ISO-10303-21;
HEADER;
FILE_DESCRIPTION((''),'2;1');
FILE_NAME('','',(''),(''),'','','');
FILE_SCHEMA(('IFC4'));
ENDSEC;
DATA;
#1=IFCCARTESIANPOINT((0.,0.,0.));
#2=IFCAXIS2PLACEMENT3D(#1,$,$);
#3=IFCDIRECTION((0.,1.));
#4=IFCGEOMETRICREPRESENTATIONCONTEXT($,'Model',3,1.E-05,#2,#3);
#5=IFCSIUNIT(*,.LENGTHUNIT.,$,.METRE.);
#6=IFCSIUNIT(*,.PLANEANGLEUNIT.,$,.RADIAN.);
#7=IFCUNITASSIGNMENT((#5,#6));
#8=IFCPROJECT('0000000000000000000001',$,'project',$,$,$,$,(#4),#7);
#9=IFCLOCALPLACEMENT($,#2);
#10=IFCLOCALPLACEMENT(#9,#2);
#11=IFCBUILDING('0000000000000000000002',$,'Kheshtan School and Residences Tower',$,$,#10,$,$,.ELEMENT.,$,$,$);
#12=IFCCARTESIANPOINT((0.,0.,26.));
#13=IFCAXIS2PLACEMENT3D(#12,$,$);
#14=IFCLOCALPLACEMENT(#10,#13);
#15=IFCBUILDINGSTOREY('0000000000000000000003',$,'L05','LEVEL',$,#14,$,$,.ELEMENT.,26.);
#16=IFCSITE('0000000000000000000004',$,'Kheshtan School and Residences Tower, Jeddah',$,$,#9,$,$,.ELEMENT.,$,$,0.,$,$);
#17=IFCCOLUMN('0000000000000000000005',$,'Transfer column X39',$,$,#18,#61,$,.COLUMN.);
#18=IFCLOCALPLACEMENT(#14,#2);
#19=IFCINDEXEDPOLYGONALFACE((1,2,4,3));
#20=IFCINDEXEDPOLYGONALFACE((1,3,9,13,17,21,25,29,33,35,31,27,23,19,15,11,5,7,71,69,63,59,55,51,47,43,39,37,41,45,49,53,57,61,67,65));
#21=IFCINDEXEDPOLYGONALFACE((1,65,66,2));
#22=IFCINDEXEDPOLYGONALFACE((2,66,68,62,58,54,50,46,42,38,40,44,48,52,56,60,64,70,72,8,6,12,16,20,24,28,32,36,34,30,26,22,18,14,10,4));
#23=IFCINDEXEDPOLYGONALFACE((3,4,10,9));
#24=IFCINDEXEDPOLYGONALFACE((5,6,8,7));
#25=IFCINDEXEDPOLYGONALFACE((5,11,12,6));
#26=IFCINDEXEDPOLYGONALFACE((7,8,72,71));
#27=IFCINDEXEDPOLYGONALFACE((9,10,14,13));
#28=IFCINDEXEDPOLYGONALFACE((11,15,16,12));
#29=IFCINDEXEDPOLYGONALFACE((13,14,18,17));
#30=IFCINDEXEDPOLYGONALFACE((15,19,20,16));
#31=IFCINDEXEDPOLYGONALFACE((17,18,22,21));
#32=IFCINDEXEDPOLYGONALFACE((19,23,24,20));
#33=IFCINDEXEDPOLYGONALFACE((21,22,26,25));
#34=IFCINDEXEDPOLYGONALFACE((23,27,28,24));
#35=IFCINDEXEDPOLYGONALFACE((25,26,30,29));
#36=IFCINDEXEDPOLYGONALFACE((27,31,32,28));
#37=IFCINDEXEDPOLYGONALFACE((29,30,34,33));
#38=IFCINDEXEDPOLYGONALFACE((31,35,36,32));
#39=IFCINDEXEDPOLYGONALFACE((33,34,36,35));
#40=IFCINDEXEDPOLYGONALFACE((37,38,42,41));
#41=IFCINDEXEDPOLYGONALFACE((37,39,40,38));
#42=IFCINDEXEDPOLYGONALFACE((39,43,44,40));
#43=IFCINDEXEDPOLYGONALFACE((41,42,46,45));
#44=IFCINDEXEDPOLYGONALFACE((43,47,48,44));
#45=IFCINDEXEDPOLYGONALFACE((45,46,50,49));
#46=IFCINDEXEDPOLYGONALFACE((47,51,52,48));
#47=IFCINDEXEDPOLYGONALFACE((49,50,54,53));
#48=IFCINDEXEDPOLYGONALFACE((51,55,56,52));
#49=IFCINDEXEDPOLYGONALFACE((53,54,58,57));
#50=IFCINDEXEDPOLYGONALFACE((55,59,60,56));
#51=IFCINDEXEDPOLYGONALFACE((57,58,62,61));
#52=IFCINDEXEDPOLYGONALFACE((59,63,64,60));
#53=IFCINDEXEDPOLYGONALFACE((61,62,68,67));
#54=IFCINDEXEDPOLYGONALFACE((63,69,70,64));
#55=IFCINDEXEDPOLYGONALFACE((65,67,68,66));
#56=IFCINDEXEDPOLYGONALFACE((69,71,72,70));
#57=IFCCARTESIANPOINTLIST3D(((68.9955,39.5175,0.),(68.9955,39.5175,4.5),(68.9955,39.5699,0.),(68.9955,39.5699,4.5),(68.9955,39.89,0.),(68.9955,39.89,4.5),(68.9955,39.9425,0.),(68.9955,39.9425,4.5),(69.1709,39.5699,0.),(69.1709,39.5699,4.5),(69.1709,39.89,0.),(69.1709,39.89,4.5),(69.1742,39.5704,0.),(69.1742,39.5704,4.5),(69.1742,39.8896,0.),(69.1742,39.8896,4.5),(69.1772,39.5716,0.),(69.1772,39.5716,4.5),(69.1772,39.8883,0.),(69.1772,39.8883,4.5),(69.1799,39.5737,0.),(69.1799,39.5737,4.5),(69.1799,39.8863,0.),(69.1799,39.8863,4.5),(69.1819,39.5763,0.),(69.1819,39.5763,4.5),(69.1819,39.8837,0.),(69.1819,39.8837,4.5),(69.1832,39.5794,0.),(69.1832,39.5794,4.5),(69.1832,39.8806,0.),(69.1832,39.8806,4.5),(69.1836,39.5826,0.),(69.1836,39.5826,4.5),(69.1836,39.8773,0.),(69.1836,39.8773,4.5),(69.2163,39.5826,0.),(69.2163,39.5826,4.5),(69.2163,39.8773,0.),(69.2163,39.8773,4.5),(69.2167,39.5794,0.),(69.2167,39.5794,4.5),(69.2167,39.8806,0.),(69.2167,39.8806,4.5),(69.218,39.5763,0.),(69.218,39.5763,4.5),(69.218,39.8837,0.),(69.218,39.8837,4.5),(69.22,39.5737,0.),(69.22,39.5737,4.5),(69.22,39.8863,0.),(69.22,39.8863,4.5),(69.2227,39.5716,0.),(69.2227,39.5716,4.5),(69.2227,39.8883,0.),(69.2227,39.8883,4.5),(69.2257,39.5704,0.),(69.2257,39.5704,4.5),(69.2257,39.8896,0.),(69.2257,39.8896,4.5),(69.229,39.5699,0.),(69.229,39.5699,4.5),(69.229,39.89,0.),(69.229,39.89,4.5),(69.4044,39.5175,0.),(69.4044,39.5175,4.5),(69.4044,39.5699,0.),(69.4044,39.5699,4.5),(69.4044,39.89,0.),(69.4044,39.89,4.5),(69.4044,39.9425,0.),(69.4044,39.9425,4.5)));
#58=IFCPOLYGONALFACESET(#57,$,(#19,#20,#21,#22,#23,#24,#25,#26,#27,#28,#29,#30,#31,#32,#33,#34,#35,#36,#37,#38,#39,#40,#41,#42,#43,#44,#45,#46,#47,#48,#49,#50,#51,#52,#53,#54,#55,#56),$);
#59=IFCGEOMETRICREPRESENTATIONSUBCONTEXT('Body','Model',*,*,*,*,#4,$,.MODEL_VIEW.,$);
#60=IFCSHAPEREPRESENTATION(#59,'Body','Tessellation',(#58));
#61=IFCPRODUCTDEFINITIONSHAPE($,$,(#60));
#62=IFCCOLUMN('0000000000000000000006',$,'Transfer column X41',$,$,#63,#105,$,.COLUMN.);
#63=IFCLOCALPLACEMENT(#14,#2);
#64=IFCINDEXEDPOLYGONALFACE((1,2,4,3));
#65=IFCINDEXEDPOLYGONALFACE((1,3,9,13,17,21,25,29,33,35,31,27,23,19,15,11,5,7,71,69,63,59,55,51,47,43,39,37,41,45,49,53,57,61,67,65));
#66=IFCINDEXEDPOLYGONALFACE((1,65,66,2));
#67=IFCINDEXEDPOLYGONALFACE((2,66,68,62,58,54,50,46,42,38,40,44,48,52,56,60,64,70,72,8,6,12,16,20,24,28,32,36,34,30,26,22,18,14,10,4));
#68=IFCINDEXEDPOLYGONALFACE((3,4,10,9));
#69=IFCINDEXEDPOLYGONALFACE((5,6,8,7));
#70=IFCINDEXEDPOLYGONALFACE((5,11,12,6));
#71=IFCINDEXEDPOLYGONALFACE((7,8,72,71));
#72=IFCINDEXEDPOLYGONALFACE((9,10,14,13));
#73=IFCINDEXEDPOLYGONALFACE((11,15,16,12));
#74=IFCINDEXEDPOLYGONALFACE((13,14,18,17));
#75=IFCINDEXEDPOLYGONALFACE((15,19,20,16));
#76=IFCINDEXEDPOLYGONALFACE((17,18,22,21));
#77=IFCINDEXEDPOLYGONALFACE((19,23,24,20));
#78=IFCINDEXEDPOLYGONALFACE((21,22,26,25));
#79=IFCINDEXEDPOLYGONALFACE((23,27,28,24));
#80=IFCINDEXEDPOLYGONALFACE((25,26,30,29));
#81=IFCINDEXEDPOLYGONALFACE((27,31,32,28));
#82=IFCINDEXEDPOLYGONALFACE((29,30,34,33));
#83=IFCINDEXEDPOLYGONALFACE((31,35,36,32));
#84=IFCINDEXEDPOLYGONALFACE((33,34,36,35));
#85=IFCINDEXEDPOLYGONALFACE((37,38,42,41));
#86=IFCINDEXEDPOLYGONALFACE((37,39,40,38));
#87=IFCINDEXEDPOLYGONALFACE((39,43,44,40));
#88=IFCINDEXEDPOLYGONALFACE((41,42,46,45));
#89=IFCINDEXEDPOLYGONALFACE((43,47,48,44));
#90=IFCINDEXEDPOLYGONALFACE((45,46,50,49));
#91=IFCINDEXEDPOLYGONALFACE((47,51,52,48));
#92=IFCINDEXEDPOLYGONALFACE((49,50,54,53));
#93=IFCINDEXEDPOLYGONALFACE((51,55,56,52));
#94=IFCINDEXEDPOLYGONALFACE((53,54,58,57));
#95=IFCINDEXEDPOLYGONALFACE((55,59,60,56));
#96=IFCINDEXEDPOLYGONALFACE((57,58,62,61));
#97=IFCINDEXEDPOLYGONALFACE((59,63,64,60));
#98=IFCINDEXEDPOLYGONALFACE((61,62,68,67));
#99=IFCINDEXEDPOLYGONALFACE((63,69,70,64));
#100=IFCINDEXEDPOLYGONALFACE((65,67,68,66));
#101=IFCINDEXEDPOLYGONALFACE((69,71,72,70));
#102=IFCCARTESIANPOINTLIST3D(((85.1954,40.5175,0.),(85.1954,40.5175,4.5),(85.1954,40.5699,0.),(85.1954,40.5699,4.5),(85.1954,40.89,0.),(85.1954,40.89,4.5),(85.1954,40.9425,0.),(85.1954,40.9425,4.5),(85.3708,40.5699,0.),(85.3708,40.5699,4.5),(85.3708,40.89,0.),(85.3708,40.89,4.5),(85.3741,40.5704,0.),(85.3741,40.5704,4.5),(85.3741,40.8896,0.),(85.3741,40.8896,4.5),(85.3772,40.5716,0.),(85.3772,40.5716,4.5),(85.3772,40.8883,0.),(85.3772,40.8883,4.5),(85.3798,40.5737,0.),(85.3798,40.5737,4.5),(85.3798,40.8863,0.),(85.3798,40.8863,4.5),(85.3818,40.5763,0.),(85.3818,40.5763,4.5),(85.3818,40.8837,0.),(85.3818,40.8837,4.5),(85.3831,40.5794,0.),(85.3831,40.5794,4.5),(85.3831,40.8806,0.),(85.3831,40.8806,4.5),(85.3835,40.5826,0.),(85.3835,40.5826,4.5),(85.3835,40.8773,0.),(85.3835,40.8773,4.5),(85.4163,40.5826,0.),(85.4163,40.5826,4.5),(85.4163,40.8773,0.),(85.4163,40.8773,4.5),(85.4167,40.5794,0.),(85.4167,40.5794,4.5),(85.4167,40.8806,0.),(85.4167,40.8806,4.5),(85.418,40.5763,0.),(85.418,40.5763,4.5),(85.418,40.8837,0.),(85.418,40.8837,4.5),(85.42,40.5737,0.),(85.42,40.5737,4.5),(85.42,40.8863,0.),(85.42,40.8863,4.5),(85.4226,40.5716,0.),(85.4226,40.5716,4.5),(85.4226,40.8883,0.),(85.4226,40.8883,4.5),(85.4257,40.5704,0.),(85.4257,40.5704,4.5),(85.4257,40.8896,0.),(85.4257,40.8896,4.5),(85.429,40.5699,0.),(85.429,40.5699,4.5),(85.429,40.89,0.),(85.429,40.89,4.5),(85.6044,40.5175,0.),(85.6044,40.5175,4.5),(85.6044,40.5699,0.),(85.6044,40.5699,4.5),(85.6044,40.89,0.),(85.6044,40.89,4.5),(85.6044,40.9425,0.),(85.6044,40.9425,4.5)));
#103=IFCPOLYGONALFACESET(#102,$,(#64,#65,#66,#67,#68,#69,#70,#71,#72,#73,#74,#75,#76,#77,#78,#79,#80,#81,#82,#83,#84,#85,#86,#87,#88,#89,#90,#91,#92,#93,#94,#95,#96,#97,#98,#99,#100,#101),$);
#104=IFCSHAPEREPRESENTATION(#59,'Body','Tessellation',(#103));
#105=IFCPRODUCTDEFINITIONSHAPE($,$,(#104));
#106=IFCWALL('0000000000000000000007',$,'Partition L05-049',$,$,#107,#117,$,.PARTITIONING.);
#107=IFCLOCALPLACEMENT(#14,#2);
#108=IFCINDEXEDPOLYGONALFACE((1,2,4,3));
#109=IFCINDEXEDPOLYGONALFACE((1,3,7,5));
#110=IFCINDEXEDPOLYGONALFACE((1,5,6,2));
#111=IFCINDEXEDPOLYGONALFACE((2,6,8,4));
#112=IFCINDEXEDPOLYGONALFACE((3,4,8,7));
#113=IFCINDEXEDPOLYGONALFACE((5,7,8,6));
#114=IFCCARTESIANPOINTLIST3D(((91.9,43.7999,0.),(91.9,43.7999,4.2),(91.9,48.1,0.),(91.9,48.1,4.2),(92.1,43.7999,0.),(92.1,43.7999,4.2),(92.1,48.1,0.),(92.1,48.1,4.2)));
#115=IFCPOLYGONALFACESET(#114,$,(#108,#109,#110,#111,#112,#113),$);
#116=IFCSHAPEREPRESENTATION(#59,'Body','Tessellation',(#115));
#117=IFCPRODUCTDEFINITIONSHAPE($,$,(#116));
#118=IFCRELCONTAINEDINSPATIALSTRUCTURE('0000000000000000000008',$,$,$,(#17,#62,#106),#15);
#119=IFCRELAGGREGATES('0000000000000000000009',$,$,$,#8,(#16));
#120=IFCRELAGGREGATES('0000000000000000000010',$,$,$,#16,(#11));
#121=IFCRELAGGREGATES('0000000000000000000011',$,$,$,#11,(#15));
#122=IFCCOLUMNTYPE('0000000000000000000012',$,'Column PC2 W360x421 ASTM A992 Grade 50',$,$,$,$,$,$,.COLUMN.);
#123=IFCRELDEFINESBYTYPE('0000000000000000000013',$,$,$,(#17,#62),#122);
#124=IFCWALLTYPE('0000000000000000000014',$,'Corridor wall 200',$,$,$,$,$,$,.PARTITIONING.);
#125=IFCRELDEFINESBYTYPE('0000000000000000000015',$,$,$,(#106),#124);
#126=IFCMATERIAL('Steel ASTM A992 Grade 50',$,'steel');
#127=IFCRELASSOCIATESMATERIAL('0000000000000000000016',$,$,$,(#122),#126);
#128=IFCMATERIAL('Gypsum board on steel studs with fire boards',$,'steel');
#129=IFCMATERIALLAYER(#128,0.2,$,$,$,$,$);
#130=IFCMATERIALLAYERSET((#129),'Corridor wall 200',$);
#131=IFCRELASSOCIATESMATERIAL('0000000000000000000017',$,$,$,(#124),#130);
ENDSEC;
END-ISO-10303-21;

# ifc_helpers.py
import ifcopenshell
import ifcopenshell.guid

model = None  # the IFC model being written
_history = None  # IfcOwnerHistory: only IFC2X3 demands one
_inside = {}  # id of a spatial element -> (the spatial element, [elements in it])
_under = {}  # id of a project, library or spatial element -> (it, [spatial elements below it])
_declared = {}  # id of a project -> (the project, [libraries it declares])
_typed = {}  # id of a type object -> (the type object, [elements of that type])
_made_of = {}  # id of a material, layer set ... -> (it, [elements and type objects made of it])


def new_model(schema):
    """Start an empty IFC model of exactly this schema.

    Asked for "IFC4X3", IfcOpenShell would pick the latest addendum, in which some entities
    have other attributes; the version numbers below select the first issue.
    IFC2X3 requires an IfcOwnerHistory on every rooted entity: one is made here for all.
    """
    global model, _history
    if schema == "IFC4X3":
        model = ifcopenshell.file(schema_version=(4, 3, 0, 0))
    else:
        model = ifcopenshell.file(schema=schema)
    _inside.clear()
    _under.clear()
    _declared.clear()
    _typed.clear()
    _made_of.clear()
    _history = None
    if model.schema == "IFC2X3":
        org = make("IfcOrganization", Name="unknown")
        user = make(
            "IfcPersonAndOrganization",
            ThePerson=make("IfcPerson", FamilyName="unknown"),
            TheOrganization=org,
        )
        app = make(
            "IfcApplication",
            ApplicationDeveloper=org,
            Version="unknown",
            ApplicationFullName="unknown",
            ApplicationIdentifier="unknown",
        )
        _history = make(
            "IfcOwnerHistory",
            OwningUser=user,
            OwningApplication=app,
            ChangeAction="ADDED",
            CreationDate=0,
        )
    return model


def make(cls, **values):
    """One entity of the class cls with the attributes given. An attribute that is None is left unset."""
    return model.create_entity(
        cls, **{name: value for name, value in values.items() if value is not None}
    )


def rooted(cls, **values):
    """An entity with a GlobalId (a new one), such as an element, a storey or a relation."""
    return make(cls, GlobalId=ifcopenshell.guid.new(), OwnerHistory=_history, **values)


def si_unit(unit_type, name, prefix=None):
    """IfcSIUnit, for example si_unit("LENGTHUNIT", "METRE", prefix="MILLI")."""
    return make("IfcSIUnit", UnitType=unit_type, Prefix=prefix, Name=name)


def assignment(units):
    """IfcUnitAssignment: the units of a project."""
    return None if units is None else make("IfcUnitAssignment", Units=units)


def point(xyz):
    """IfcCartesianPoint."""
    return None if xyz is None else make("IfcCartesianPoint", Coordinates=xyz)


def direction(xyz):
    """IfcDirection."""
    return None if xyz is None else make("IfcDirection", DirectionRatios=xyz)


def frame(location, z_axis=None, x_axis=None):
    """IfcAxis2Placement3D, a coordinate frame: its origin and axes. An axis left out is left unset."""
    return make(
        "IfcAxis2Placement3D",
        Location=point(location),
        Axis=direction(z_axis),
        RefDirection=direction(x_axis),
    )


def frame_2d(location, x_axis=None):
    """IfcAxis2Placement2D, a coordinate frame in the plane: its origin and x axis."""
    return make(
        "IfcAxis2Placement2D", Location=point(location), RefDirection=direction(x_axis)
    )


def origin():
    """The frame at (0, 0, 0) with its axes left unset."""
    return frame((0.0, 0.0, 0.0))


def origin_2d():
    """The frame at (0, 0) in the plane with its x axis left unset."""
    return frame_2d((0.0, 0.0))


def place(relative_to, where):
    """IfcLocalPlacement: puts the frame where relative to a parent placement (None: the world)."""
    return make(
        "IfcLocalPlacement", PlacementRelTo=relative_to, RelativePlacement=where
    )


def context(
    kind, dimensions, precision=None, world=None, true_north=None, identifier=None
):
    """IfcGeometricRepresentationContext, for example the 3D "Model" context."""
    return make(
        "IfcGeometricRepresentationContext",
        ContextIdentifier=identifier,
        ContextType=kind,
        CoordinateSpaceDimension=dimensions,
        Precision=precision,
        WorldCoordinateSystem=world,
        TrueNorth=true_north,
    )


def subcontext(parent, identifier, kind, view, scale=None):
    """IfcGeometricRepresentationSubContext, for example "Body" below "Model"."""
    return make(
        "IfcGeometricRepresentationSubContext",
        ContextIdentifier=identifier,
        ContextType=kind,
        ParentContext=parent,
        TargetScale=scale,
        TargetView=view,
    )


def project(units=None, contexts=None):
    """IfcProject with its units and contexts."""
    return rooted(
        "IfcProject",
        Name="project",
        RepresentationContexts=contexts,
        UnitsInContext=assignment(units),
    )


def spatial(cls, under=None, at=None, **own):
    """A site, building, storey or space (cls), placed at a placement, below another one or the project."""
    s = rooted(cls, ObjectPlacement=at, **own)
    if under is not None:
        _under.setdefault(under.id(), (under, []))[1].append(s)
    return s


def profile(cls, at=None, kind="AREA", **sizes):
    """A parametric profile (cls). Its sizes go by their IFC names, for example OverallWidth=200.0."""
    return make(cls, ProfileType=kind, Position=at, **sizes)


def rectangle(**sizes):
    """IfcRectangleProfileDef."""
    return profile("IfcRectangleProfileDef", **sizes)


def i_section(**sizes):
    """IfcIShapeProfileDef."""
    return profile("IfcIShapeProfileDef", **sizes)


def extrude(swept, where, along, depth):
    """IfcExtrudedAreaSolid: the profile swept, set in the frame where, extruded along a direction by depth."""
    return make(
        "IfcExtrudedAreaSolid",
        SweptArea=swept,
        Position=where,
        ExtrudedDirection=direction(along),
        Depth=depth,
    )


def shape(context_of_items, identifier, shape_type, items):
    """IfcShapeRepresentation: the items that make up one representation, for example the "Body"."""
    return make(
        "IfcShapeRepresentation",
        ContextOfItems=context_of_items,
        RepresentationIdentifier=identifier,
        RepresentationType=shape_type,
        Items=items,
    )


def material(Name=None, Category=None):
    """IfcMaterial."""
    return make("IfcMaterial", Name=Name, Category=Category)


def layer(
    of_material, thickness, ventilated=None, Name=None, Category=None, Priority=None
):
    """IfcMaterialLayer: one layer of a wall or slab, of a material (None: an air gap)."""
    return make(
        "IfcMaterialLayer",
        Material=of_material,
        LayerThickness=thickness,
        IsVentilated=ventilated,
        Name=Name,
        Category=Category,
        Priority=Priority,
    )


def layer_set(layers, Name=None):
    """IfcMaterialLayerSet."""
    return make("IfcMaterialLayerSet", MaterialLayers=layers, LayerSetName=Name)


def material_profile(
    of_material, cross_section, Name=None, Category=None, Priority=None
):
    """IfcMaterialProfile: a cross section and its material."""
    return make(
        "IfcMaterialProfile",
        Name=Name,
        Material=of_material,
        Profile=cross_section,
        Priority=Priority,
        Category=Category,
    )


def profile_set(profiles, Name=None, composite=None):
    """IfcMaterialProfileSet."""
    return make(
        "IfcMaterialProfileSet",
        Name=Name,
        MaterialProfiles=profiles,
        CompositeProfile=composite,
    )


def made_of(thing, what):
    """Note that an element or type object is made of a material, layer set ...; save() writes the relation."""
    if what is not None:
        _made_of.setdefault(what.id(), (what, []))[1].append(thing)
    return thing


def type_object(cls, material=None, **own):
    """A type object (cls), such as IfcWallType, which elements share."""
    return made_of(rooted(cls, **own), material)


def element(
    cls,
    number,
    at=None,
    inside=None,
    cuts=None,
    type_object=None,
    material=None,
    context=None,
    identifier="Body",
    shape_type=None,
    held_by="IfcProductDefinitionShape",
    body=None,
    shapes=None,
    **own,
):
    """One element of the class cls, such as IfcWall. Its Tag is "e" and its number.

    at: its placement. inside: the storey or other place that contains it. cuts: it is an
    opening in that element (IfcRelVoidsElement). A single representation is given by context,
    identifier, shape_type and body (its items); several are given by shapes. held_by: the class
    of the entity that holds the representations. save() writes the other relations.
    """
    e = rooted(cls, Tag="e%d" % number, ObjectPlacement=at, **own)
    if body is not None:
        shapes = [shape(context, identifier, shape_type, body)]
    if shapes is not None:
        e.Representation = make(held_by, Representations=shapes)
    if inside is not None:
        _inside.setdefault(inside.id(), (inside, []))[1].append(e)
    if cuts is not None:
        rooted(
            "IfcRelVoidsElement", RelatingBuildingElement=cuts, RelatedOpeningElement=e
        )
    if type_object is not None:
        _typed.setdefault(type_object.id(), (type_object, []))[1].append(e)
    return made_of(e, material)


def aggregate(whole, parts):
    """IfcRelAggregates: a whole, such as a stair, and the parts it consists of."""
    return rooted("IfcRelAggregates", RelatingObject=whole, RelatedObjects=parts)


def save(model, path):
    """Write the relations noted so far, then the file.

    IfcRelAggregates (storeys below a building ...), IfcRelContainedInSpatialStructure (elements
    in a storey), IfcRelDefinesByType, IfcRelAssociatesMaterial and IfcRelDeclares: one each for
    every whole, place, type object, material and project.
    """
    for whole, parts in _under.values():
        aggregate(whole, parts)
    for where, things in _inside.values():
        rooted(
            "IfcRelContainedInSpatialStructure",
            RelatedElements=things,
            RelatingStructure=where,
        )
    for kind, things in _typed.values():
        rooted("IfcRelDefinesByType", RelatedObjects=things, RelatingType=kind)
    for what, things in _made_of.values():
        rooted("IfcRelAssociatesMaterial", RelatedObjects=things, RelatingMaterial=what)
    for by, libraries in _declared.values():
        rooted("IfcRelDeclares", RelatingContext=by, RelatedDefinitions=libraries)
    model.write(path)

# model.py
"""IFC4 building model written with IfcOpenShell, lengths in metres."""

from ifc_helpers import new_model, si_unit, direction, frame, frame_2d, origin, origin_2d, place, context, subcontext, project, spatial, rectangle, i_section, extrude, material, layer, layer_set, material_profile, profile_set, type_object, element, save


model = new_model("IFC4")

# Units and contexts
model_context = context("Model", 3, precision=1e-05, world=origin(), true_north=direction((0.0, 1.0)))
body_context = subcontext(model_context, "Body", "Model", "MODEL_VIEW")
ifc_project = project(units=[si_unit("LENGTHUNIT", "METRE"), si_unit("PLANEANGLEUNIT", "RADIAN")], contexts=[model_context])

# Site, building, storey
site_placement = place(None, origin())
site = spatial("IfcSite", under=ifc_project, at=site_placement, Name="Kheshtan School and Residences Tower, Jeddah", CompositionType="ELEMENT", RefElevation=0.0)
building_placement = place(site_placement, origin())
building = spatial("IfcBuilding", under=site, at=building_placement, Name="Kheshtan School and Residences Tower", CompositionType="ELEMENT")
storey_placement = place(building_placement, frame((0.0, 0.0, 26.0)))
storey = spatial("IfcBuildingStorey", under=building, at=storey_placement, Name="L05", Description="LEVEL", CompositionType="ELEMENT", Elevation=26.0)

# Columns
ifc_material_1 = material(Name="Steel ASTM A992 Grade 50", Category="steel")
ifc_material_profile = material_profile(ifc_material_1, i_section(OverallWidth=0.4089, OverallDepth=0.425, WebThickness=0.0327, FlangeThickness=0.0525, FilletRadius=0.0127, at=origin_2d()), Name="W360x421")
ifc_profile_set = profile_set([ifc_material_profile], Name="Steel ASTM A992 Grade 50")
column_type = type_object("IfcColumnType", Name="Column PC2 W360x421 ASTM A992 Grade 50", PredefinedType="COLUMN", material=ifc_profile_set)
for number, where, z_axis, x_axis, name in (
    (1, (69.2, 39.73, 0.0), (0.0, 0.0, 1.0), (1.0, 0.0, 0.0), "Transfer column X39"),
    (2, (85.3999, 40.73, 0.0), (0.0, 0.0, 1.0), (1.0, 0.0, 0.0), "Transfer column X41"),
):
    element("IfcColumn", number, at=place(storey_placement, frame(where, z_axis=z_axis, x_axis=x_axis)), inside=storey, type_object=column_type, Name=name, PredefinedType="COLUMN", context=body_context, shape_type="SweptSolid", body=[
        extrude(i_section(OverallWidth=0.4089, OverallDepth=0.425, WebThickness=0.0327, FlangeThickness=0.0525, FilletRadius=0.0127, at=origin_2d()), origin(), (0.0, 0.0, 1.0), 4.5),
    ])

# Wall
ifc_material_2 = material(Name="Gypsum board on steel studs with fire boards", Category="steel")
ifc_layer_1 = layer(ifc_material_2, 0.2)
ifc_layer_set_1 = layer_set([ifc_layer_1], Name="Corridor wall 200")
wall_type_1 = type_object("IfcWallType", Name="Corridor wall 200", PredefinedType="PARTITIONING", material=ifc_layer_set_1)
wall_1_placement = place(storey_placement, frame((92.0, 43.8, 0.0), z_axis=(0.0, 0.0, 1.0), x_axis=(0.0, 1.0, 0.0)))
element("IfcWall", 3, at=wall_1_placement, inside=storey, type_object=wall_type_1, Name="Partition L05-049", PredefinedType="PARTITIONING", context=body_context, shape_type="SweptSolid", body=[
    extrude(rectangle(XDim=4.3, YDim=0.2, at=frame_2d((2.1499, 0.0))), origin(), (0.0, 0.0, 1.0), 4.2),
])

save(model, "model.ifc")
